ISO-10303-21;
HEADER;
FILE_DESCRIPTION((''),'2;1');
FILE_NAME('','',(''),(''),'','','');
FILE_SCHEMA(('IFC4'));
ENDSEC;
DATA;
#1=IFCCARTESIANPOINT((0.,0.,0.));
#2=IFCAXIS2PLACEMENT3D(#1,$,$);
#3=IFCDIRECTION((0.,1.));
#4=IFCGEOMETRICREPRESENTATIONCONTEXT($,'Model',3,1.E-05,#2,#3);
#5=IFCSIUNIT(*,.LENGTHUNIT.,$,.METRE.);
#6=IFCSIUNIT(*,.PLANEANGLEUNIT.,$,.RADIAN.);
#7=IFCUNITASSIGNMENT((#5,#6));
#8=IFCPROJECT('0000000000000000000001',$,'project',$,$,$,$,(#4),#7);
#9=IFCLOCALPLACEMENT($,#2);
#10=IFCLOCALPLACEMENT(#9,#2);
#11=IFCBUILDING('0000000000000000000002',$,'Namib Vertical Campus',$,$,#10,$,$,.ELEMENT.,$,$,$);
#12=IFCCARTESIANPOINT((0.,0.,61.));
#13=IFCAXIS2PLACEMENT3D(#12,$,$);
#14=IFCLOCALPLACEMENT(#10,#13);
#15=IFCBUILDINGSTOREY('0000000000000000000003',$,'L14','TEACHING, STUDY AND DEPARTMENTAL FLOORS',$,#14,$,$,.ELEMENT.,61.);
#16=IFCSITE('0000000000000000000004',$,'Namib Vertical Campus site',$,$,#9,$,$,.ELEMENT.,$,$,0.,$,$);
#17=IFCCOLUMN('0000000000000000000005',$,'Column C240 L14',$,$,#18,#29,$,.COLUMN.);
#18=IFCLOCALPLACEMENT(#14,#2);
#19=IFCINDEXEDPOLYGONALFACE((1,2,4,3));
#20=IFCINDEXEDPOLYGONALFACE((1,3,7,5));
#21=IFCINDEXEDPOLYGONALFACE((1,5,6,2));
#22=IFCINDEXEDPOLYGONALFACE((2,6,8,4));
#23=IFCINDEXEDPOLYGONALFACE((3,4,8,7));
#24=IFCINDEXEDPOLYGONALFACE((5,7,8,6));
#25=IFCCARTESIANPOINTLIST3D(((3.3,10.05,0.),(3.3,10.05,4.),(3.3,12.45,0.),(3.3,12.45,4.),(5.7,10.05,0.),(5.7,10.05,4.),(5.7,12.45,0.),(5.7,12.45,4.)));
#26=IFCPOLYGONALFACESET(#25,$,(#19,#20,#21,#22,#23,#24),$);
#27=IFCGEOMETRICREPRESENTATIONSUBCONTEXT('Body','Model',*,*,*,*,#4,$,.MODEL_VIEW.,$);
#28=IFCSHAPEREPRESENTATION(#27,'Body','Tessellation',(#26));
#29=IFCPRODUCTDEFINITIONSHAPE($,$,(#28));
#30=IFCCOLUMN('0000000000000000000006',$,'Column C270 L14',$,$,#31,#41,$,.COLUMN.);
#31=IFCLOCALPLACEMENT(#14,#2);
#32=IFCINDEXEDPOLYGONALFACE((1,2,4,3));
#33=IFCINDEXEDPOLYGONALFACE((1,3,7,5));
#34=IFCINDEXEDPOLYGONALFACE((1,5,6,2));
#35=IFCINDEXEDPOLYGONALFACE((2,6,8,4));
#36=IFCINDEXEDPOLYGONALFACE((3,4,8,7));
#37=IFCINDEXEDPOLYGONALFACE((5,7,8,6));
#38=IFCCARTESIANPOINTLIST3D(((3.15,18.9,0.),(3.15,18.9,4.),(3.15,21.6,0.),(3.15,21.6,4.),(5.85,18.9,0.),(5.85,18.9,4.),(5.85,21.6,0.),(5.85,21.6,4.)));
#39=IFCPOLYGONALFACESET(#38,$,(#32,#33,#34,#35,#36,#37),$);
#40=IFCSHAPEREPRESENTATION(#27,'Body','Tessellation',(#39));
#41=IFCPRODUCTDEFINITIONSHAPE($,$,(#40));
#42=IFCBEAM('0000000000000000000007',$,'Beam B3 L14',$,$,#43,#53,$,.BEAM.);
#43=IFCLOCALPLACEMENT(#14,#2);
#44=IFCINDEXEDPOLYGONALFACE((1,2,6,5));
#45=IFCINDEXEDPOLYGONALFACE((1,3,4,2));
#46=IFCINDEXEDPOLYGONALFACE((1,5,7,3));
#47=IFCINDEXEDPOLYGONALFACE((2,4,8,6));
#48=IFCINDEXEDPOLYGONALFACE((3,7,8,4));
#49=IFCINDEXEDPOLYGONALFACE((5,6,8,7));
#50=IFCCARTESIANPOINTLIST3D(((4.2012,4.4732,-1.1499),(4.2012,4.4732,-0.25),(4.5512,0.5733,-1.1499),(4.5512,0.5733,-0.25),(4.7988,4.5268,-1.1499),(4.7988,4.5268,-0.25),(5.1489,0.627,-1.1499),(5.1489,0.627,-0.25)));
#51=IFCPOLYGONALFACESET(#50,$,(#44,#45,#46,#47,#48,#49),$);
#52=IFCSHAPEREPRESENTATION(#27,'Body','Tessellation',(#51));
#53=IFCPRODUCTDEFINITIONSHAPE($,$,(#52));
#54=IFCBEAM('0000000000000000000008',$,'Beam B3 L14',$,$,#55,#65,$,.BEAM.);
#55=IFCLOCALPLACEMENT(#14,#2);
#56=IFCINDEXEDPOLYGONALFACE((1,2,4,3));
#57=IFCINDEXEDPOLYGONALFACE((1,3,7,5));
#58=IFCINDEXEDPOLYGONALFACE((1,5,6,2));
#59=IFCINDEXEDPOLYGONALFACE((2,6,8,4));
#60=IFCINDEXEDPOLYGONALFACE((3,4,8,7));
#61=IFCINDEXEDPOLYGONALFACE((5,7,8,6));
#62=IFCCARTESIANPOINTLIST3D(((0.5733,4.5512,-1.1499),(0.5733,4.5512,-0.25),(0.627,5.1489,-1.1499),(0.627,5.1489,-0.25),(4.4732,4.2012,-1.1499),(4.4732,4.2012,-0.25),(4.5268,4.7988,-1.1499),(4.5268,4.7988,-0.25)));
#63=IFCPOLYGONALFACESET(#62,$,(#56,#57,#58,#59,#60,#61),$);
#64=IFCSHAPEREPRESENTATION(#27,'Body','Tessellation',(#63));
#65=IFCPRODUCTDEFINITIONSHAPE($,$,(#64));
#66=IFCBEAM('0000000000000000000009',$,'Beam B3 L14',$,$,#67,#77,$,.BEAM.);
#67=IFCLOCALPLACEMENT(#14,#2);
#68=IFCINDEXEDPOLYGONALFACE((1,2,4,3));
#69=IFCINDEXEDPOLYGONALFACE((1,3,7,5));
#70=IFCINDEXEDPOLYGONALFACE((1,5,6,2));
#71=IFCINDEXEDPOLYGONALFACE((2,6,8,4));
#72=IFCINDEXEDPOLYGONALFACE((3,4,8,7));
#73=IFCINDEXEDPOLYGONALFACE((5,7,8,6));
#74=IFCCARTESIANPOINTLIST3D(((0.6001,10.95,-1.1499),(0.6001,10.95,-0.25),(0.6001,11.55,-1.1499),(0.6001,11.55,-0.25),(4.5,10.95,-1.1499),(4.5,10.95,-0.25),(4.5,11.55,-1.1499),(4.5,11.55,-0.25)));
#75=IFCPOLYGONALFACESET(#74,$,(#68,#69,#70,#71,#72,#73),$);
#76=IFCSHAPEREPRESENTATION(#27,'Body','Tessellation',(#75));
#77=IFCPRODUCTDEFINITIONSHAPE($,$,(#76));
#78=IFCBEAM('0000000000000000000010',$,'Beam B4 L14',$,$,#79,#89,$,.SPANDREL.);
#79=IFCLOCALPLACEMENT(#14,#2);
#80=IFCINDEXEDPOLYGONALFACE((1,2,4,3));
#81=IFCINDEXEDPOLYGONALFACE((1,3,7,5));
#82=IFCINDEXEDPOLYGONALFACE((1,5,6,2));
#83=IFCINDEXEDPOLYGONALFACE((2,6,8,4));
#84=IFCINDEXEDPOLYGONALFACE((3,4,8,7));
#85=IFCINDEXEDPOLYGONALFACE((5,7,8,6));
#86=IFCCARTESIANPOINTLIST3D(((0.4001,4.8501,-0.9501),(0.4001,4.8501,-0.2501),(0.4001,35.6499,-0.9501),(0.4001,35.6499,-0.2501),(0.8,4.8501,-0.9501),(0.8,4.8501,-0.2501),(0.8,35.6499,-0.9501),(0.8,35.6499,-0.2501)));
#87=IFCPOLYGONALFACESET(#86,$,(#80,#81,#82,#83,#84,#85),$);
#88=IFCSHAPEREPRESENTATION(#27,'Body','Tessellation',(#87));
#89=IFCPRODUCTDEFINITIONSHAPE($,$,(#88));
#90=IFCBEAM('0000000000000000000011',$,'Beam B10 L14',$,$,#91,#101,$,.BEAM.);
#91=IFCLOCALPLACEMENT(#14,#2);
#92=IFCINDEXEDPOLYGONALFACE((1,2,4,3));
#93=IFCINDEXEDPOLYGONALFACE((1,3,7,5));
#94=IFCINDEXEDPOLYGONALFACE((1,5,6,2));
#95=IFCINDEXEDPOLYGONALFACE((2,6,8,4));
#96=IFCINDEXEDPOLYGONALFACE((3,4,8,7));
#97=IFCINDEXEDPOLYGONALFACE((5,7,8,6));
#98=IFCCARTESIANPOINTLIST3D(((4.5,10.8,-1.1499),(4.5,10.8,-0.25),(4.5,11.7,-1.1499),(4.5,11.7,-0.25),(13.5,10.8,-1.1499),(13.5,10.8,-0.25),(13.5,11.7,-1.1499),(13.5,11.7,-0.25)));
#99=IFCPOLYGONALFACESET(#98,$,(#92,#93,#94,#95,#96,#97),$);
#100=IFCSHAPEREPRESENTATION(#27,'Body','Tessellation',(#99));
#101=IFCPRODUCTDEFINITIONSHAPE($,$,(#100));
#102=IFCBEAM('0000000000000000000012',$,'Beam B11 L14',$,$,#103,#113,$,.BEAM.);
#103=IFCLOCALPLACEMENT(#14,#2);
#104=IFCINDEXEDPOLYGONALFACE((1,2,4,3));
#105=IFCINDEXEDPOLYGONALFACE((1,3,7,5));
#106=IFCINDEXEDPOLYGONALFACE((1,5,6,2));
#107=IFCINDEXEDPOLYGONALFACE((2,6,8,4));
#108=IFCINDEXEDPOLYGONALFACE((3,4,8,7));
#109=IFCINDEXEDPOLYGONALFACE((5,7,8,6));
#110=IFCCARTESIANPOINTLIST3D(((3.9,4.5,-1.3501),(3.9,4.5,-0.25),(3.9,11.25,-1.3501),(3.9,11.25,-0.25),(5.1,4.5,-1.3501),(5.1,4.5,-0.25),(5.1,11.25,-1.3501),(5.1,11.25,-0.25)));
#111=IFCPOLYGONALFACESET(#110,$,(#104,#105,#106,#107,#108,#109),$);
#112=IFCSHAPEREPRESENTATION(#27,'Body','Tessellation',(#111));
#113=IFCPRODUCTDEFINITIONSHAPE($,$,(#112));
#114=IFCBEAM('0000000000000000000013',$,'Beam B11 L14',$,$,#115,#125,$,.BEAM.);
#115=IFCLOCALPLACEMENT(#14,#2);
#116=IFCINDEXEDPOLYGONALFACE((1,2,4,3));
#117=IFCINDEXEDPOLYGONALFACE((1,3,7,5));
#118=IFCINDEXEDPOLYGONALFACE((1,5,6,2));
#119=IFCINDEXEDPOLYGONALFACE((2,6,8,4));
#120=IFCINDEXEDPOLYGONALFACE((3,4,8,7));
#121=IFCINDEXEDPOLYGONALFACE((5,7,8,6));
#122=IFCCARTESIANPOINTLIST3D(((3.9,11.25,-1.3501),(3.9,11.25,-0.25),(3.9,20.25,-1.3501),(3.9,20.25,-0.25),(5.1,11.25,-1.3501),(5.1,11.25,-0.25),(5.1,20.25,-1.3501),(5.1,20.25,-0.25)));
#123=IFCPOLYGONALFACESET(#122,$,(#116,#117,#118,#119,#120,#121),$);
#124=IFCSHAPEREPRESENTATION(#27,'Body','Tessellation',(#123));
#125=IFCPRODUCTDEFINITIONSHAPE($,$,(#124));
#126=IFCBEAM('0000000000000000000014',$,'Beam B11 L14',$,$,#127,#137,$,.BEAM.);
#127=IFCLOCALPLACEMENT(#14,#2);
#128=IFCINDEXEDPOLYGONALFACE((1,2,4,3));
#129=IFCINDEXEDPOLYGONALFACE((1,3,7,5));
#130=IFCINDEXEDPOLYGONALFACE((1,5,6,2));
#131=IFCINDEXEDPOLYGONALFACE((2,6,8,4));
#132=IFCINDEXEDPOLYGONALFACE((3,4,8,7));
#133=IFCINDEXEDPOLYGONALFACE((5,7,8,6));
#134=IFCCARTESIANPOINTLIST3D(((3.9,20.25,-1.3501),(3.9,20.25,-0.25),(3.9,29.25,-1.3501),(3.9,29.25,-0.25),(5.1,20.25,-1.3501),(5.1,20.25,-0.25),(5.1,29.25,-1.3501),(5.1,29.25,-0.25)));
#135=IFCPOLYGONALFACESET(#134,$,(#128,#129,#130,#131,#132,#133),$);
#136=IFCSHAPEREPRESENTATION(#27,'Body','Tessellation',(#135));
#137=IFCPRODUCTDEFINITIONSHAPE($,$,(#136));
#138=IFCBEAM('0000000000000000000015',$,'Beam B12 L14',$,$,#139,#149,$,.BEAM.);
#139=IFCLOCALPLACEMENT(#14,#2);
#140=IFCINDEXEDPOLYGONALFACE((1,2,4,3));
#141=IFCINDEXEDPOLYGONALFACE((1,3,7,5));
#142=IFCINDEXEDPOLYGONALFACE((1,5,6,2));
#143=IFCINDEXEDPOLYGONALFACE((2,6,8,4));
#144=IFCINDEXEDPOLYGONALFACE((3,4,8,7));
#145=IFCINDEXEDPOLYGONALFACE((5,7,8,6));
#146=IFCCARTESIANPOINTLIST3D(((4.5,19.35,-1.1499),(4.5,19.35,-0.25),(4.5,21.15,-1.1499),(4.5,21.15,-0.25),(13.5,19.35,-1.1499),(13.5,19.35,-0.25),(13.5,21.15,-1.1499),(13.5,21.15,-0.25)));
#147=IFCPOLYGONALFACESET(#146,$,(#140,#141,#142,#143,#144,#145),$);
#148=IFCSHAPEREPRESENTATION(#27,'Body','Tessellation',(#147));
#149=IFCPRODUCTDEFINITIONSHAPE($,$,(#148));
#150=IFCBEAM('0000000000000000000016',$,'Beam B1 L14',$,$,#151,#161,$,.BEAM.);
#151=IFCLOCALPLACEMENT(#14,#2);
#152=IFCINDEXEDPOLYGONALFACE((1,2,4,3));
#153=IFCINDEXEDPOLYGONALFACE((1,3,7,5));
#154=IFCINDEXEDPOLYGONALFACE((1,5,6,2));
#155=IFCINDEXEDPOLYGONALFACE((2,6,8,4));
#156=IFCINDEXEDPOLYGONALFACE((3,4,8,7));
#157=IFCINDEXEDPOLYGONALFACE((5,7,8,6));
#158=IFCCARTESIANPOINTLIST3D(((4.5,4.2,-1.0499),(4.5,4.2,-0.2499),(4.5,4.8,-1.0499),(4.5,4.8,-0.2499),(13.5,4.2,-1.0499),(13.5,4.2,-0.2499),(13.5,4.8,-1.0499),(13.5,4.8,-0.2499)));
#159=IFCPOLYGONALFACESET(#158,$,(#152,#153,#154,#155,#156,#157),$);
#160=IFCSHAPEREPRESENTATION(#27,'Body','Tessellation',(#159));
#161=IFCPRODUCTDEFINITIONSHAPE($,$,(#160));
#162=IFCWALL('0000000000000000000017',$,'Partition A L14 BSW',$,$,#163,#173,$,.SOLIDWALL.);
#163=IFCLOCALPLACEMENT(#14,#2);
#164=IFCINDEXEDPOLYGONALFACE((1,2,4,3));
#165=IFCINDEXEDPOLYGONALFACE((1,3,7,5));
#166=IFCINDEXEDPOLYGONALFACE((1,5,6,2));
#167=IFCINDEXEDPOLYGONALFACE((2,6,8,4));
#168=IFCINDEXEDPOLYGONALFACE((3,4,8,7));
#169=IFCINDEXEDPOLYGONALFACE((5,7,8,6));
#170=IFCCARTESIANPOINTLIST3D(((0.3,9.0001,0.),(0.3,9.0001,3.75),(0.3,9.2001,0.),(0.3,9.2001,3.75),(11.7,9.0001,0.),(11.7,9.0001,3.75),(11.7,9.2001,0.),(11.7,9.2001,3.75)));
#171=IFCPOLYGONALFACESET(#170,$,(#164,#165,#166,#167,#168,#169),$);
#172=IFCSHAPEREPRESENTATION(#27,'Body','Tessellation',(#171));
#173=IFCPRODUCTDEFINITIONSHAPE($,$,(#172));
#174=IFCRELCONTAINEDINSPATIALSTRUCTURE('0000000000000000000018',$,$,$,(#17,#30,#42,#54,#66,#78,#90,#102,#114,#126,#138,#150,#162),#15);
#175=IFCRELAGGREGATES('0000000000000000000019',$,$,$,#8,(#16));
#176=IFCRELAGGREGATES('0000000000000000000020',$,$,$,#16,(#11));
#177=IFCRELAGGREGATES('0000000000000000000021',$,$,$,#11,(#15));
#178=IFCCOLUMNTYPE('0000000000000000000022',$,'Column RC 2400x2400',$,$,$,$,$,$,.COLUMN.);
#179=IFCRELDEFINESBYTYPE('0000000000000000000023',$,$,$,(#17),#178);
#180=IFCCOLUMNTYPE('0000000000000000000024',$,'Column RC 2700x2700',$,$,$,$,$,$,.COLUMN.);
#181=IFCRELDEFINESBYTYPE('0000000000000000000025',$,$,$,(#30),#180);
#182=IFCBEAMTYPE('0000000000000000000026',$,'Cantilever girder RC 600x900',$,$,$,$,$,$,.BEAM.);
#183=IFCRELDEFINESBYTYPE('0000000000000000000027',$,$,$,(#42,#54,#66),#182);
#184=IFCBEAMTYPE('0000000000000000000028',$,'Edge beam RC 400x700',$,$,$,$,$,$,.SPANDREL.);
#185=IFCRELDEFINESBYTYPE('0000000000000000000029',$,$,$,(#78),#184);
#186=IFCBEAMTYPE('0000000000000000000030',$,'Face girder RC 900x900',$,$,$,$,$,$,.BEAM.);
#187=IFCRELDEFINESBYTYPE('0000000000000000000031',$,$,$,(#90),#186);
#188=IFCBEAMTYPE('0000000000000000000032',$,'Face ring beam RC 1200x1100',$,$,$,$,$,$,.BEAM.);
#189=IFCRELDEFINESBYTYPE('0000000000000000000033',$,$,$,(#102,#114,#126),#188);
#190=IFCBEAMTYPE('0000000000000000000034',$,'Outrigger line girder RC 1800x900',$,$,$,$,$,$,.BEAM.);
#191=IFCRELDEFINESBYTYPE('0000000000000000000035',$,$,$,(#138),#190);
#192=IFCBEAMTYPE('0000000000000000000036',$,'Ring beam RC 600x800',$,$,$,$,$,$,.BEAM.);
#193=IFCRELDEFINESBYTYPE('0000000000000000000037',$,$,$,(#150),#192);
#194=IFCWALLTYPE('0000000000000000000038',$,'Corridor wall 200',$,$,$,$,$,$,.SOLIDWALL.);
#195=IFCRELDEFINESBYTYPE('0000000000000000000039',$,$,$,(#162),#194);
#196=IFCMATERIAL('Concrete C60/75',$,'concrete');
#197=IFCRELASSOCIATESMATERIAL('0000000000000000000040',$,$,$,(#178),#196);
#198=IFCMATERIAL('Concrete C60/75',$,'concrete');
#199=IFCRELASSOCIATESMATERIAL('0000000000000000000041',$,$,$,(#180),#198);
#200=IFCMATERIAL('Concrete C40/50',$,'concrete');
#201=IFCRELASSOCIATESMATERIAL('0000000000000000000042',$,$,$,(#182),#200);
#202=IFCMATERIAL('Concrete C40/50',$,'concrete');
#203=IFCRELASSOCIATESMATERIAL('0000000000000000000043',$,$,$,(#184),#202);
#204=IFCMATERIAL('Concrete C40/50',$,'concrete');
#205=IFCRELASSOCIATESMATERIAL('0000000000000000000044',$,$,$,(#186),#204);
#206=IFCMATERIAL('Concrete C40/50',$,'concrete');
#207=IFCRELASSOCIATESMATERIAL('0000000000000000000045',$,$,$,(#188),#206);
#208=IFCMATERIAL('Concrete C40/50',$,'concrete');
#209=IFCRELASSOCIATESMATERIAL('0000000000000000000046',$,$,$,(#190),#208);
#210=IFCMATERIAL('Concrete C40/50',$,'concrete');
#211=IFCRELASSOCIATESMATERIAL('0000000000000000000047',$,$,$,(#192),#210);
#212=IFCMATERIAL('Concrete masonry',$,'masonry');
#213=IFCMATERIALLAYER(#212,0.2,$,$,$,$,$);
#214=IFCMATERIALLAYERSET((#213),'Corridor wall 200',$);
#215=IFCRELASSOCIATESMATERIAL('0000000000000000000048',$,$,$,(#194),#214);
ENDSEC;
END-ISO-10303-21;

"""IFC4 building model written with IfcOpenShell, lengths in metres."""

from ifc_helpers import new_model, si_unit, direction, frame, frame_2d, origin, origin_2d, place, context, subcontext, project, spatial, rectangle, extrude, material, layer, layer_set, material_profile, profile_set, type_object, element, save


model = new_model("IFC4")

# Units and contexts
model_context = context("Model", 3, precision=1e-05, world=origin(), true_north=direction((0.0, 1.0)))
body_context = subcontext(model_context, "Body", "Model", "MODEL_VIEW")
ifc_project = project(units=[si_unit("LENGTHUNIT", "METRE"), si_unit("PLANEANGLEUNIT", "RADIAN")], contexts=[model_context])

# Site, building, storey
site_placement = place(None, origin())
site = spatial("IfcSite", under=ifc_project, at=site_placement, Name="Namib Vertical Campus site", CompositionType="ELEMENT", RefElevation=0.0)
building_placement = place(site_placement, origin())
building = spatial("IfcBuilding", under=site, at=building_placement, Name="Namib Vertical Campus", CompositionType="ELEMENT")
storey_placement = place(building_placement, frame((0.0, 0.0, 61.0)))
storey = spatial("IfcBuildingStorey", under=building, at=storey_placement, Name="L14", Description="TEACHING, STUDY AND DEPARTMENTAL FLOORS", CompositionType="ELEMENT", Elevation=61.0)

# Columns
ifc_material_1 = material(Name="Concrete C60/75", Category="concrete")
ifc_material_profile_1 = material_profile(ifc_material_1, rectangle(XDim=2.3999, YDim=2.3999, at=origin_2d()))
ifc_profile_set_1 = profile_set([ifc_material_profile_1], Name="Concrete C60/75")
column_type_1 = type_object("IfcColumnType", Name="Column RC 2400x2400", PredefinedType="COLUMN", material=ifc_profile_set_1)
column_1_placement = place(storey_placement, frame((4.5, 11.25, 0.0), z_axis=(0.0, 0.0, 1.0), x_axis=(1.0, 0.0, 0.0)))
element("IfcColumn", 1, at=column_1_placement, inside=storey, type_object=column_type_1, Name="Column C240 L14", PredefinedType="COLUMN", context=body_context, shape_type="SweptSolid", body=[
    extrude(rectangle(XDim=2.3999, YDim=2.3999, at=origin_2d()), origin(), (0.0, 0.0, 1.0), 4.0),
])
ifc_material_2 = material(Name="Concrete C60/75", Category="concrete")
ifc_material_profile_2 = material_profile(ifc_material_2, rectangle(XDim=2.7, YDim=2.7, at=origin_2d()))
ifc_profile_set_2 = profile_set([ifc_material_profile_2], Name="Concrete C60/75")
column_type_2 = type_object("IfcColumnType", Name="Column RC 2700x2700", PredefinedType="COLUMN", material=ifc_profile_set_2)
column_2_placement = place(storey_placement, frame((4.5, 20.25, 0.0), z_axis=(0.0, 0.0, 1.0), x_axis=(1.0, 0.0, 0.0)))
element("IfcColumn", 2, at=column_2_placement, inside=storey, type_object=column_type_2, Name="Column C270 L14", PredefinedType="COLUMN", context=body_context, shape_type="SweptSolid", body=[
    extrude(rectangle(XDim=2.7, YDim=2.7, at=origin_2d()), origin(), (0.0, 0.0, 1.0), 4.0),
])

# Beams
ifc_material_3 = material(Name="Concrete C40/50", Category="concrete")
ifc_material_profile_3 = material_profile(ifc_material_3, rectangle(XDim=0.6001, YDim=0.8999, at=origin_2d()))
ifc_profile_set_3 = profile_set([ifc_material_profile_3], Name="Concrete C40/50")
beam_type_1 = type_object("IfcBeamType", Name="Cantilever girder RC 600x900", PredefinedType="BEAM", material=ifc_profile_set_3)
for number, where, z_axis, x_axis, name in (
    (3, (4.5, 4.5, -0.7), (0.089411, -0.995995, 0.0), (0.995995, 0.089411, 0.0), "Beam B3 L14"),
    (4, (4.5, 4.5, -0.7), (-0.995995, 0.089411, 0.0), (-0.089411, -0.995995, 0.0), "Beam B3 L14"),
):
    element("IfcBeam", number, at=place(storey_placement, frame(where, z_axis=z_axis, x_axis=x_axis)), inside=storey, type_object=beam_type_1, Name=name, PredefinedType="BEAM", context=body_context, shape_type="SweptSolid", body=[
        extrude(rectangle(XDim=0.6001, YDim=0.8999, at=origin_2d()), origin(), (0.0, 0.0, 1.0), 3.9155),
    ])
beam_1_placement = place(storey_placement, frame((4.5, 11.25, -0.7), z_axis=(-1.0, 0.0, 0.0), x_axis=(0.0, -1.0, 0.0)))
element("IfcBeam", 5, at=beam_1_placement, inside=storey, type_object=beam_type_1, Name="Beam B3 L14", PredefinedType="BEAM", context=body_context, shape_type="SweptSolid", body=[
    extrude(rectangle(XDim=0.6001, YDim=0.8999, at=origin_2d()), origin(), (0.0, 0.0, 1.0), 3.8999),
])
ifc_material_4 = material(Name="Concrete C40/50", Category="concrete")
ifc_material_profile_4 = material_profile(ifc_material_4, rectangle(XDim=0.3999, YDim=0.7, at=origin_2d()))
ifc_profile_set_4 = profile_set([ifc_material_profile_4], Name="Concrete C40/50")
beam_type_2 = type_object("IfcBeamType", Name="Edge beam RC 400x700", PredefinedType="SPANDREL", material=ifc_profile_set_4)
beam_2_placement = place(storey_placement, frame((0.6001, 4.8501, -0.6001), z_axis=(0.0, 1.0, 0.0), x_axis=(-1.0, 0.0, 0.0)))
element("IfcBeam", 6, at=beam_2_placement, inside=storey, type_object=beam_type_2, Name="Beam B4 L14", PredefinedType="SPANDREL", context=body_context, shape_type="SweptSolid", body=[
    extrude(rectangle(XDim=0.3999, YDim=0.7, at=origin_2d()), origin(), (0.0, 0.0, 1.0), 30.7998),
])
ifc_material_5 = material(Name="Concrete C40/50", Category="concrete")
ifc_material_profile_5 = material_profile(ifc_material_5, rectangle(XDim=0.8999, YDim=0.8999, at=origin_2d()))
ifc_profile_set_5 = profile_set([ifc_material_profile_5], Name="Concrete C40/50")
beam_type_3 = type_object("IfcBeamType", Name="Face girder RC 900x900", PredefinedType="BEAM", material=ifc_profile_set_5)
beam_3_placement = place(storey_placement, frame((4.5, 11.25, -0.7), z_axis=(1.0, 0.0, 0.0), x_axis=(0.0, 1.0, 0.0)))
element("IfcBeam", 7, at=beam_3_placement, inside=storey, type_object=beam_type_3, Name="Beam B10 L14", PredefinedType="BEAM", context=body_context, shape_type="SweptSolid", body=[
    extrude(rectangle(XDim=0.8999, YDim=0.8999, at=origin_2d()), origin(), (0.0, 0.0, 1.0), 9.0),
])
ifc_material_6 = material(Name="Concrete C40/50", Category="concrete")
ifc_material_profile_6 = material_profile(ifc_material_6, rectangle(XDim=1.2, YDim=1.1001, at=origin_2d()))
ifc_profile_set_6 = profile_set([ifc_material_profile_6], Name="Concrete C40/50")
beam_type_4 = type_object("IfcBeamType", Name="Face ring beam RC 1200x1100", PredefinedType="BEAM", material=ifc_profile_set_6)
beam_4_placement = place(storey_placement, frame((4.5, 4.5, -0.8), z_axis=(0.0, 1.0, 0.0), x_axis=(-1.0, 0.0, 0.0)))
element("IfcBeam", 8, at=beam_4_placement, inside=storey, type_object=beam_type_4, Name="Beam B11 L14", PredefinedType="BEAM", context=body_context, shape_type="SweptSolid", body=[
    extrude(rectangle(XDim=1.2, YDim=1.1001, at=origin_2d()), origin(), (0.0, 0.0, 1.0), 6.75),
])
for number, where, z_axis, x_axis, name in (
    (9, (4.5, 11.25, -0.8), (0.0, 1.0, 0.0), (-1.0, 0.0, 0.0), "Beam B11 L14"),
    (10, (4.5, 20.25, -0.8), (0.0, 1.0, 0.0), (-1.0, 0.0, 0.0), "Beam B11 L14"),
):
    element("IfcBeam", number, at=place(storey_placement, frame(where, z_axis=z_axis, x_axis=x_axis)), inside=storey, type_object=beam_type_4, Name=name, PredefinedType="BEAM", context=body_context, shape_type="SweptSolid", body=[
        extrude(rectangle(XDim=1.2, YDim=1.1001, at=origin_2d()), origin(), (0.0, 0.0, 1.0), 9.0),
    ])
ifc_material_7 = material(Name="Concrete C40/50", Category="concrete")
ifc_material_profile_7 = material_profile(ifc_material_7, rectangle(XDim=1.8, YDim=0.8999, at=origin_2d()))
ifc_profile_set_7 = profile_set([ifc_material_profile_7], Name="Concrete C40/50")
beam_type_5 = type_object("IfcBeamType", Name="Outrigger line girder RC 1800x900", PredefinedType="BEAM", material=ifc_profile_set_7)
beam_5_placement = place(storey_placement, frame((4.5, 20.25, -0.7), z_axis=(1.0, 0.0, 0.0), x_axis=(0.0, 1.0, 0.0)))
element("IfcBeam", 11, at=beam_5_placement, inside=storey, type_object=beam_type_5, Name="Beam B12 L14", PredefinedType="BEAM", context=body_context, shape_type="SweptSolid", body=[
    extrude(rectangle(XDim=1.8, YDim=0.8999, at=origin_2d()), origin(), (0.0, 0.0, 1.0), 9.0),
])
ifc_material_8 = material(Name="Concrete C40/50", Category="concrete")
ifc_material_profile_8 = material_profile(ifc_material_8, rectangle(XDim=0.6001, YDim=0.8, at=origin_2d()))
ifc_profile_set_8 = profile_set([ifc_material_profile_8], Name="Concrete C40/50")
beam_type_6 = type_object("IfcBeamType", Name="Ring beam RC 600x800", PredefinedType="BEAM", material=ifc_profile_set_8)
beam_6_placement = place(storey_placement, frame((4.5, 4.5, -0.6499), z_axis=(1.0, 0.0, 0.0), x_axis=(0.0, 1.0, 0.0)))
element("IfcBeam", 12, at=beam_6_placement, inside=storey, type_object=beam_type_6, Name="Beam B1 L14", PredefinedType="BEAM", context=body_context, shape_type="SweptSolid", body=[
    extrude(rectangle(XDim=0.6001, YDim=0.8, at=origin_2d()), origin(), (0.0, 0.0, 1.0), 9.0),
])

# Wall
ifc_material_9 = material(Name="Concrete masonry", Category="masonry")
ifc_layer_1 = layer(ifc_material_9, 0.2)
ifc_layer_set_1 = layer_set([ifc_layer_1], Name="Corridor wall 200")
wall_type_1 = type_object("IfcWallType", Name="Corridor wall 200", PredefinedType="SOLIDWALL", material=ifc_layer_set_1)
wall_1_placement = place(storey_placement, frame((0.3, 9.1001, 0.0), z_axis=(0.0, 0.0, 1.0), x_axis=(1.0, 0.0, 0.0)))
element("IfcWall", 13, at=wall_1_placement, inside=storey, type_object=wall_type_1, Name="Partition A L14 BSW", PredefinedType="SOLIDWALL", context=body_context, shape_type="SweptSolid", body=[
    extrude(rectangle(XDim=11.3999, YDim=0.2, at=frame_2d((5.7, 0.0))), origin(), (0.0, 0.0, 1.0), 3.75),
])

save(model, "model.ifc")
